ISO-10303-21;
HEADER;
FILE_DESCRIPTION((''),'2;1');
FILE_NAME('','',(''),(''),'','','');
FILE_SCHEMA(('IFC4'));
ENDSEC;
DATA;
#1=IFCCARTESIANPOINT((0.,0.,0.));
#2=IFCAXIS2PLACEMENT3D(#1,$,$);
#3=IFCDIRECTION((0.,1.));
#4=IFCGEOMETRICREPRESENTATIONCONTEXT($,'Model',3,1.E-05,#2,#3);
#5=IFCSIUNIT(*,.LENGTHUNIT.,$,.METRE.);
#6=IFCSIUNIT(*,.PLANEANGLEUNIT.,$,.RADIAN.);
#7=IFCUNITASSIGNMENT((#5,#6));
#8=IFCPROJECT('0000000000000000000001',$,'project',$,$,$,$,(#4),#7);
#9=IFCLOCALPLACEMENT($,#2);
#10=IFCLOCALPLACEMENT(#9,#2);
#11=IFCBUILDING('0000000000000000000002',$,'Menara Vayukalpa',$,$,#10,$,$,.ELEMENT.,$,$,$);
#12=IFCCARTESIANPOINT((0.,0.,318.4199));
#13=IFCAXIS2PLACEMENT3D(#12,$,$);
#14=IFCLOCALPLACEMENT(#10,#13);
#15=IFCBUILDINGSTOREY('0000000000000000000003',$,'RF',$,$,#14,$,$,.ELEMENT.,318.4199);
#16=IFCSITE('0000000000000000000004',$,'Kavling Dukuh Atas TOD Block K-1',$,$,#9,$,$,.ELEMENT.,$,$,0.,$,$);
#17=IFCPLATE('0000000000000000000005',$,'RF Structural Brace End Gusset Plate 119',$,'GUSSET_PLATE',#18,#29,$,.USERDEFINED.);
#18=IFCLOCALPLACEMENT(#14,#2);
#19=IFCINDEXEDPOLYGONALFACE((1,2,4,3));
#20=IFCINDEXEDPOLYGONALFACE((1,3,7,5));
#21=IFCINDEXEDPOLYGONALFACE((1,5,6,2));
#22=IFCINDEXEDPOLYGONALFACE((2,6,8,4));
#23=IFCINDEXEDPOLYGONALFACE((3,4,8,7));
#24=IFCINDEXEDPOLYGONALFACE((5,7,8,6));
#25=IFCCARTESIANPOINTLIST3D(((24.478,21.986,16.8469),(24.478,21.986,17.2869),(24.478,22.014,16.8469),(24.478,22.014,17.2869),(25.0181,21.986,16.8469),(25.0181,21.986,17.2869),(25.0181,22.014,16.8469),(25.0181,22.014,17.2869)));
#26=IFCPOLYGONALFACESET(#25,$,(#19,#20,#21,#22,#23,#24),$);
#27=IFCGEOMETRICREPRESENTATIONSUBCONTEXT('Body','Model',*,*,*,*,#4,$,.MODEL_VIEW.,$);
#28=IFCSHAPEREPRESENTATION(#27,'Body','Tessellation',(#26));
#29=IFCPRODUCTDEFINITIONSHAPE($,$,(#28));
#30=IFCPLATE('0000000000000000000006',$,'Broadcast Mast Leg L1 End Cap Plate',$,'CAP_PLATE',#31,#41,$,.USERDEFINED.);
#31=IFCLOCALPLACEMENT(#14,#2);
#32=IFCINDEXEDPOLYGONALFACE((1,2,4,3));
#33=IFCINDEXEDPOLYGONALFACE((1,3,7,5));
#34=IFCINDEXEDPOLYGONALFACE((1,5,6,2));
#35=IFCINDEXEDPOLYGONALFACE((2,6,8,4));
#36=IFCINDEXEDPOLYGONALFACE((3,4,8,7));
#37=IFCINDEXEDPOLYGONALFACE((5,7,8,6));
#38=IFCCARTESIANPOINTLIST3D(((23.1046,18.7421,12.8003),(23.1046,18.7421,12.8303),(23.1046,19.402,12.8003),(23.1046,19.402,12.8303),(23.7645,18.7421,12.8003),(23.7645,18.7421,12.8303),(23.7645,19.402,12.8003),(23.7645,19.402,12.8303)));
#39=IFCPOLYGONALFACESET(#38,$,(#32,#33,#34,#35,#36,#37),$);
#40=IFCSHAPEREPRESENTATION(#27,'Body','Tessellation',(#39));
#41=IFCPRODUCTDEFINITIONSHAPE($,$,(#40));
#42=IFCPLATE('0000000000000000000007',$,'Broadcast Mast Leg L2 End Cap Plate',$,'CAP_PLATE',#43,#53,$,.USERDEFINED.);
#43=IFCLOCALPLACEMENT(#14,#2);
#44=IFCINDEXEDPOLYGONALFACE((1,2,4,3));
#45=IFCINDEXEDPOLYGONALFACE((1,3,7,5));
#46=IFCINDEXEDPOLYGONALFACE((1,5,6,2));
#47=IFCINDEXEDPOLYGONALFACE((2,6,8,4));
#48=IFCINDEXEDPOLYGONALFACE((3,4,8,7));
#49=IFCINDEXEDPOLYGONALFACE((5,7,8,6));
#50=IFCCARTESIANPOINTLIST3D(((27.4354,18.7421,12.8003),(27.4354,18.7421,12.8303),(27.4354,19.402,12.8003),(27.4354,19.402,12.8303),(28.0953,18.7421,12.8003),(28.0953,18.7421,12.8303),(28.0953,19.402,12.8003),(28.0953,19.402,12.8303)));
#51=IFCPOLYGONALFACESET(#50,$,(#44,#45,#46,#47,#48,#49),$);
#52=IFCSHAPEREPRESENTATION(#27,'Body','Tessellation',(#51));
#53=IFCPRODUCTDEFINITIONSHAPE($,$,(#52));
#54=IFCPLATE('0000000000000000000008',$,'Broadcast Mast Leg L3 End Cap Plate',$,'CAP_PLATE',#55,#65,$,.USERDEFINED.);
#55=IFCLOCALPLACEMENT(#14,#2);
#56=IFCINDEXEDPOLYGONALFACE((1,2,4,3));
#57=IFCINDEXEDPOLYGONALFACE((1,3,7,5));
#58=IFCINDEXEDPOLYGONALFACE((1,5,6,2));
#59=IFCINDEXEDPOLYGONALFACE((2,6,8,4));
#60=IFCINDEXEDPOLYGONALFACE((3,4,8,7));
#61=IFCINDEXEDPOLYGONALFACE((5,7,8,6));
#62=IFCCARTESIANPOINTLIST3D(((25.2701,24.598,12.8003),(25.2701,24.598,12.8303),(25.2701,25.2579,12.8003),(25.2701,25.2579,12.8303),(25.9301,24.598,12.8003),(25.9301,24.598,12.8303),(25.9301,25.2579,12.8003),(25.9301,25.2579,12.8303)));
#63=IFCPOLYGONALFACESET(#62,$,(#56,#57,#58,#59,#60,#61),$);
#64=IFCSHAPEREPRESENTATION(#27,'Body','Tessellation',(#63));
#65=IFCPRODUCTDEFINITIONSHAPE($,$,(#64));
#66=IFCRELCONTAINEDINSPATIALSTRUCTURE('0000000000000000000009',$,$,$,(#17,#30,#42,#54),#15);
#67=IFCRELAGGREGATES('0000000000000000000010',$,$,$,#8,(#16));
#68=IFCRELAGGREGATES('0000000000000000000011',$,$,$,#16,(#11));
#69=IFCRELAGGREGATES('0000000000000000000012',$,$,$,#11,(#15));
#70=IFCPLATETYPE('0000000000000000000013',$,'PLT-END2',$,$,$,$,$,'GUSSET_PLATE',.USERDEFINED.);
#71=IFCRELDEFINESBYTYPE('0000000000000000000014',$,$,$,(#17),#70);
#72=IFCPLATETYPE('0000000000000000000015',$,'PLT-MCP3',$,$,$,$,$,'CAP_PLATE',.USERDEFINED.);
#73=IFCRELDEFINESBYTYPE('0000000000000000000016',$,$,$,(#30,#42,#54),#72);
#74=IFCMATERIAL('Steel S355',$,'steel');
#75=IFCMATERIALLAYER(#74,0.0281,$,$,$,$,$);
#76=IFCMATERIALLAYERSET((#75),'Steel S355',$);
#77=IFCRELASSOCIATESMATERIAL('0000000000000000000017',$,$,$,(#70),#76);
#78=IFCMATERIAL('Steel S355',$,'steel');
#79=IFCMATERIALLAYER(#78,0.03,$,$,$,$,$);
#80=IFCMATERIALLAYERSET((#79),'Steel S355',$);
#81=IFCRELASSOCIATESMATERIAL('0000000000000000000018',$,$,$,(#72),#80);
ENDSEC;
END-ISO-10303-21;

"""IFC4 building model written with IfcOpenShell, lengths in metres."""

from ifc_helpers import new_model, si_unit, direction, frame, origin, origin_2d, place, context, subcontext, project, spatial, rectangle, extrude, material, layer, layer_set, type_object, element, save


model = new_model("IFC4")

# Units and contexts
model_context = context("Model", 3, precision=1e-05, world=origin(), true_north=direction((0.0, 1.0)))
body_context = subcontext(model_context, "Body", "Model", "MODEL_VIEW")
ifc_project = project(units=[si_unit("LENGTHUNIT", "METRE"), si_unit("PLANEANGLEUNIT", "RADIAN")], contexts=[model_context])

# Site, building, storey
site_placement = place(None, origin())
site = spatial("IfcSite", under=ifc_project, at=site_placement, Name="Kavling Dukuh Atas TOD Block K-1", CompositionType="ELEMENT", RefElevation=0.0)
building_placement = place(site_placement, origin())
building = spatial("IfcBuilding", under=site, at=building_placement, Name="Menara Vayukalpa", CompositionType="ELEMENT")
storey_placement = place(building_placement, frame((0.0, 0.0, 318.4199)))
storey = spatial("IfcBuildingStorey", under=building, at=storey_placement, Name="RF", CompositionType="ELEMENT", Elevation=318.4199)

# Plates
ifc_material_1 = material(Name="Steel S355", Category="steel")
ifc_layer_1 = layer(ifc_material_1, 0.0281)
ifc_layer_set_1 = layer_set([ifc_layer_1], Name="Steel S355")
plate_type_1 = type_object("IfcPlateType", Name="PLT-END2", ElementType="GUSSET_PLATE", PredefinedType="USERDEFINED", material=ifc_layer_set_1)
for number, where, z_axis, x_axis, name in (
    (1, (24.748, 22.0, 16.8469), (0.0, 0.0, 1.0), (1.0, 0.0, 0.0), "RF Structural Brace End Gusset Plate 119"),
):
    element("IfcPlate", number, at=place(storey_placement, frame(where, z_axis=z_axis, x_axis=x_axis)), inside=storey, type_object=plate_type_1, Name=name, ObjectType="GUSSET_PLATE", PredefinedType="USERDEFINED", context=body_context, shape_type="SweptSolid", body=[
        extrude(rectangle(XDim=0.54, YDim=0.0281, at=origin_2d()), origin(), (0.0, 0.0, 1.0), 0.4399),
    ])
ifc_material_2 = material(Name="Steel S355", Category="steel")
ifc_layer_2 = layer(ifc_material_2, 0.03)
ifc_layer_set_2 = layer_set([ifc_layer_2], Name="Steel S355")
plate_type_2 = type_object("IfcPlateType", Name="PLT-MCP3", ElementType="CAP_PLATE", PredefinedType="USERDEFINED", material=ifc_layer_set_2)
for number, where, z_axis, x_axis, name in (
    (2, (23.4346, 19.072, 12.8003), (0.0, 0.0, 1.0), (1.0, 0.0, 0.0), "Broadcast Mast Leg L1 End Cap Plate"),
    (3, (27.7654, 19.072, 12.8003), (0.0, 0.0, 1.0), (1.0, 0.0, 0.0), "Broadcast Mast Leg L2 End Cap Plate"),
    (4, (25.6001, 24.928, 12.8003), (0.0, 0.0, 1.0), (1.0, 0.0, 0.0), "Broadcast Mast Leg L3 End Cap Plate"),
):
    element("IfcPlate", number, at=place(storey_placement, frame(where, z_axis=z_axis, x_axis=x_axis)), inside=storey, type_object=plate_type_2, Name=name, ObjectType="CAP_PLATE", PredefinedType="USERDEFINED", context=body_context, shape_type="SweptSolid", body=[
        extrude(rectangle(XDim=0.6599, YDim=0.6599, at=origin_2d()), origin(), (0.0, 0.0, 1.0), 0.03),
    ])

save(model, "model.ifc")
